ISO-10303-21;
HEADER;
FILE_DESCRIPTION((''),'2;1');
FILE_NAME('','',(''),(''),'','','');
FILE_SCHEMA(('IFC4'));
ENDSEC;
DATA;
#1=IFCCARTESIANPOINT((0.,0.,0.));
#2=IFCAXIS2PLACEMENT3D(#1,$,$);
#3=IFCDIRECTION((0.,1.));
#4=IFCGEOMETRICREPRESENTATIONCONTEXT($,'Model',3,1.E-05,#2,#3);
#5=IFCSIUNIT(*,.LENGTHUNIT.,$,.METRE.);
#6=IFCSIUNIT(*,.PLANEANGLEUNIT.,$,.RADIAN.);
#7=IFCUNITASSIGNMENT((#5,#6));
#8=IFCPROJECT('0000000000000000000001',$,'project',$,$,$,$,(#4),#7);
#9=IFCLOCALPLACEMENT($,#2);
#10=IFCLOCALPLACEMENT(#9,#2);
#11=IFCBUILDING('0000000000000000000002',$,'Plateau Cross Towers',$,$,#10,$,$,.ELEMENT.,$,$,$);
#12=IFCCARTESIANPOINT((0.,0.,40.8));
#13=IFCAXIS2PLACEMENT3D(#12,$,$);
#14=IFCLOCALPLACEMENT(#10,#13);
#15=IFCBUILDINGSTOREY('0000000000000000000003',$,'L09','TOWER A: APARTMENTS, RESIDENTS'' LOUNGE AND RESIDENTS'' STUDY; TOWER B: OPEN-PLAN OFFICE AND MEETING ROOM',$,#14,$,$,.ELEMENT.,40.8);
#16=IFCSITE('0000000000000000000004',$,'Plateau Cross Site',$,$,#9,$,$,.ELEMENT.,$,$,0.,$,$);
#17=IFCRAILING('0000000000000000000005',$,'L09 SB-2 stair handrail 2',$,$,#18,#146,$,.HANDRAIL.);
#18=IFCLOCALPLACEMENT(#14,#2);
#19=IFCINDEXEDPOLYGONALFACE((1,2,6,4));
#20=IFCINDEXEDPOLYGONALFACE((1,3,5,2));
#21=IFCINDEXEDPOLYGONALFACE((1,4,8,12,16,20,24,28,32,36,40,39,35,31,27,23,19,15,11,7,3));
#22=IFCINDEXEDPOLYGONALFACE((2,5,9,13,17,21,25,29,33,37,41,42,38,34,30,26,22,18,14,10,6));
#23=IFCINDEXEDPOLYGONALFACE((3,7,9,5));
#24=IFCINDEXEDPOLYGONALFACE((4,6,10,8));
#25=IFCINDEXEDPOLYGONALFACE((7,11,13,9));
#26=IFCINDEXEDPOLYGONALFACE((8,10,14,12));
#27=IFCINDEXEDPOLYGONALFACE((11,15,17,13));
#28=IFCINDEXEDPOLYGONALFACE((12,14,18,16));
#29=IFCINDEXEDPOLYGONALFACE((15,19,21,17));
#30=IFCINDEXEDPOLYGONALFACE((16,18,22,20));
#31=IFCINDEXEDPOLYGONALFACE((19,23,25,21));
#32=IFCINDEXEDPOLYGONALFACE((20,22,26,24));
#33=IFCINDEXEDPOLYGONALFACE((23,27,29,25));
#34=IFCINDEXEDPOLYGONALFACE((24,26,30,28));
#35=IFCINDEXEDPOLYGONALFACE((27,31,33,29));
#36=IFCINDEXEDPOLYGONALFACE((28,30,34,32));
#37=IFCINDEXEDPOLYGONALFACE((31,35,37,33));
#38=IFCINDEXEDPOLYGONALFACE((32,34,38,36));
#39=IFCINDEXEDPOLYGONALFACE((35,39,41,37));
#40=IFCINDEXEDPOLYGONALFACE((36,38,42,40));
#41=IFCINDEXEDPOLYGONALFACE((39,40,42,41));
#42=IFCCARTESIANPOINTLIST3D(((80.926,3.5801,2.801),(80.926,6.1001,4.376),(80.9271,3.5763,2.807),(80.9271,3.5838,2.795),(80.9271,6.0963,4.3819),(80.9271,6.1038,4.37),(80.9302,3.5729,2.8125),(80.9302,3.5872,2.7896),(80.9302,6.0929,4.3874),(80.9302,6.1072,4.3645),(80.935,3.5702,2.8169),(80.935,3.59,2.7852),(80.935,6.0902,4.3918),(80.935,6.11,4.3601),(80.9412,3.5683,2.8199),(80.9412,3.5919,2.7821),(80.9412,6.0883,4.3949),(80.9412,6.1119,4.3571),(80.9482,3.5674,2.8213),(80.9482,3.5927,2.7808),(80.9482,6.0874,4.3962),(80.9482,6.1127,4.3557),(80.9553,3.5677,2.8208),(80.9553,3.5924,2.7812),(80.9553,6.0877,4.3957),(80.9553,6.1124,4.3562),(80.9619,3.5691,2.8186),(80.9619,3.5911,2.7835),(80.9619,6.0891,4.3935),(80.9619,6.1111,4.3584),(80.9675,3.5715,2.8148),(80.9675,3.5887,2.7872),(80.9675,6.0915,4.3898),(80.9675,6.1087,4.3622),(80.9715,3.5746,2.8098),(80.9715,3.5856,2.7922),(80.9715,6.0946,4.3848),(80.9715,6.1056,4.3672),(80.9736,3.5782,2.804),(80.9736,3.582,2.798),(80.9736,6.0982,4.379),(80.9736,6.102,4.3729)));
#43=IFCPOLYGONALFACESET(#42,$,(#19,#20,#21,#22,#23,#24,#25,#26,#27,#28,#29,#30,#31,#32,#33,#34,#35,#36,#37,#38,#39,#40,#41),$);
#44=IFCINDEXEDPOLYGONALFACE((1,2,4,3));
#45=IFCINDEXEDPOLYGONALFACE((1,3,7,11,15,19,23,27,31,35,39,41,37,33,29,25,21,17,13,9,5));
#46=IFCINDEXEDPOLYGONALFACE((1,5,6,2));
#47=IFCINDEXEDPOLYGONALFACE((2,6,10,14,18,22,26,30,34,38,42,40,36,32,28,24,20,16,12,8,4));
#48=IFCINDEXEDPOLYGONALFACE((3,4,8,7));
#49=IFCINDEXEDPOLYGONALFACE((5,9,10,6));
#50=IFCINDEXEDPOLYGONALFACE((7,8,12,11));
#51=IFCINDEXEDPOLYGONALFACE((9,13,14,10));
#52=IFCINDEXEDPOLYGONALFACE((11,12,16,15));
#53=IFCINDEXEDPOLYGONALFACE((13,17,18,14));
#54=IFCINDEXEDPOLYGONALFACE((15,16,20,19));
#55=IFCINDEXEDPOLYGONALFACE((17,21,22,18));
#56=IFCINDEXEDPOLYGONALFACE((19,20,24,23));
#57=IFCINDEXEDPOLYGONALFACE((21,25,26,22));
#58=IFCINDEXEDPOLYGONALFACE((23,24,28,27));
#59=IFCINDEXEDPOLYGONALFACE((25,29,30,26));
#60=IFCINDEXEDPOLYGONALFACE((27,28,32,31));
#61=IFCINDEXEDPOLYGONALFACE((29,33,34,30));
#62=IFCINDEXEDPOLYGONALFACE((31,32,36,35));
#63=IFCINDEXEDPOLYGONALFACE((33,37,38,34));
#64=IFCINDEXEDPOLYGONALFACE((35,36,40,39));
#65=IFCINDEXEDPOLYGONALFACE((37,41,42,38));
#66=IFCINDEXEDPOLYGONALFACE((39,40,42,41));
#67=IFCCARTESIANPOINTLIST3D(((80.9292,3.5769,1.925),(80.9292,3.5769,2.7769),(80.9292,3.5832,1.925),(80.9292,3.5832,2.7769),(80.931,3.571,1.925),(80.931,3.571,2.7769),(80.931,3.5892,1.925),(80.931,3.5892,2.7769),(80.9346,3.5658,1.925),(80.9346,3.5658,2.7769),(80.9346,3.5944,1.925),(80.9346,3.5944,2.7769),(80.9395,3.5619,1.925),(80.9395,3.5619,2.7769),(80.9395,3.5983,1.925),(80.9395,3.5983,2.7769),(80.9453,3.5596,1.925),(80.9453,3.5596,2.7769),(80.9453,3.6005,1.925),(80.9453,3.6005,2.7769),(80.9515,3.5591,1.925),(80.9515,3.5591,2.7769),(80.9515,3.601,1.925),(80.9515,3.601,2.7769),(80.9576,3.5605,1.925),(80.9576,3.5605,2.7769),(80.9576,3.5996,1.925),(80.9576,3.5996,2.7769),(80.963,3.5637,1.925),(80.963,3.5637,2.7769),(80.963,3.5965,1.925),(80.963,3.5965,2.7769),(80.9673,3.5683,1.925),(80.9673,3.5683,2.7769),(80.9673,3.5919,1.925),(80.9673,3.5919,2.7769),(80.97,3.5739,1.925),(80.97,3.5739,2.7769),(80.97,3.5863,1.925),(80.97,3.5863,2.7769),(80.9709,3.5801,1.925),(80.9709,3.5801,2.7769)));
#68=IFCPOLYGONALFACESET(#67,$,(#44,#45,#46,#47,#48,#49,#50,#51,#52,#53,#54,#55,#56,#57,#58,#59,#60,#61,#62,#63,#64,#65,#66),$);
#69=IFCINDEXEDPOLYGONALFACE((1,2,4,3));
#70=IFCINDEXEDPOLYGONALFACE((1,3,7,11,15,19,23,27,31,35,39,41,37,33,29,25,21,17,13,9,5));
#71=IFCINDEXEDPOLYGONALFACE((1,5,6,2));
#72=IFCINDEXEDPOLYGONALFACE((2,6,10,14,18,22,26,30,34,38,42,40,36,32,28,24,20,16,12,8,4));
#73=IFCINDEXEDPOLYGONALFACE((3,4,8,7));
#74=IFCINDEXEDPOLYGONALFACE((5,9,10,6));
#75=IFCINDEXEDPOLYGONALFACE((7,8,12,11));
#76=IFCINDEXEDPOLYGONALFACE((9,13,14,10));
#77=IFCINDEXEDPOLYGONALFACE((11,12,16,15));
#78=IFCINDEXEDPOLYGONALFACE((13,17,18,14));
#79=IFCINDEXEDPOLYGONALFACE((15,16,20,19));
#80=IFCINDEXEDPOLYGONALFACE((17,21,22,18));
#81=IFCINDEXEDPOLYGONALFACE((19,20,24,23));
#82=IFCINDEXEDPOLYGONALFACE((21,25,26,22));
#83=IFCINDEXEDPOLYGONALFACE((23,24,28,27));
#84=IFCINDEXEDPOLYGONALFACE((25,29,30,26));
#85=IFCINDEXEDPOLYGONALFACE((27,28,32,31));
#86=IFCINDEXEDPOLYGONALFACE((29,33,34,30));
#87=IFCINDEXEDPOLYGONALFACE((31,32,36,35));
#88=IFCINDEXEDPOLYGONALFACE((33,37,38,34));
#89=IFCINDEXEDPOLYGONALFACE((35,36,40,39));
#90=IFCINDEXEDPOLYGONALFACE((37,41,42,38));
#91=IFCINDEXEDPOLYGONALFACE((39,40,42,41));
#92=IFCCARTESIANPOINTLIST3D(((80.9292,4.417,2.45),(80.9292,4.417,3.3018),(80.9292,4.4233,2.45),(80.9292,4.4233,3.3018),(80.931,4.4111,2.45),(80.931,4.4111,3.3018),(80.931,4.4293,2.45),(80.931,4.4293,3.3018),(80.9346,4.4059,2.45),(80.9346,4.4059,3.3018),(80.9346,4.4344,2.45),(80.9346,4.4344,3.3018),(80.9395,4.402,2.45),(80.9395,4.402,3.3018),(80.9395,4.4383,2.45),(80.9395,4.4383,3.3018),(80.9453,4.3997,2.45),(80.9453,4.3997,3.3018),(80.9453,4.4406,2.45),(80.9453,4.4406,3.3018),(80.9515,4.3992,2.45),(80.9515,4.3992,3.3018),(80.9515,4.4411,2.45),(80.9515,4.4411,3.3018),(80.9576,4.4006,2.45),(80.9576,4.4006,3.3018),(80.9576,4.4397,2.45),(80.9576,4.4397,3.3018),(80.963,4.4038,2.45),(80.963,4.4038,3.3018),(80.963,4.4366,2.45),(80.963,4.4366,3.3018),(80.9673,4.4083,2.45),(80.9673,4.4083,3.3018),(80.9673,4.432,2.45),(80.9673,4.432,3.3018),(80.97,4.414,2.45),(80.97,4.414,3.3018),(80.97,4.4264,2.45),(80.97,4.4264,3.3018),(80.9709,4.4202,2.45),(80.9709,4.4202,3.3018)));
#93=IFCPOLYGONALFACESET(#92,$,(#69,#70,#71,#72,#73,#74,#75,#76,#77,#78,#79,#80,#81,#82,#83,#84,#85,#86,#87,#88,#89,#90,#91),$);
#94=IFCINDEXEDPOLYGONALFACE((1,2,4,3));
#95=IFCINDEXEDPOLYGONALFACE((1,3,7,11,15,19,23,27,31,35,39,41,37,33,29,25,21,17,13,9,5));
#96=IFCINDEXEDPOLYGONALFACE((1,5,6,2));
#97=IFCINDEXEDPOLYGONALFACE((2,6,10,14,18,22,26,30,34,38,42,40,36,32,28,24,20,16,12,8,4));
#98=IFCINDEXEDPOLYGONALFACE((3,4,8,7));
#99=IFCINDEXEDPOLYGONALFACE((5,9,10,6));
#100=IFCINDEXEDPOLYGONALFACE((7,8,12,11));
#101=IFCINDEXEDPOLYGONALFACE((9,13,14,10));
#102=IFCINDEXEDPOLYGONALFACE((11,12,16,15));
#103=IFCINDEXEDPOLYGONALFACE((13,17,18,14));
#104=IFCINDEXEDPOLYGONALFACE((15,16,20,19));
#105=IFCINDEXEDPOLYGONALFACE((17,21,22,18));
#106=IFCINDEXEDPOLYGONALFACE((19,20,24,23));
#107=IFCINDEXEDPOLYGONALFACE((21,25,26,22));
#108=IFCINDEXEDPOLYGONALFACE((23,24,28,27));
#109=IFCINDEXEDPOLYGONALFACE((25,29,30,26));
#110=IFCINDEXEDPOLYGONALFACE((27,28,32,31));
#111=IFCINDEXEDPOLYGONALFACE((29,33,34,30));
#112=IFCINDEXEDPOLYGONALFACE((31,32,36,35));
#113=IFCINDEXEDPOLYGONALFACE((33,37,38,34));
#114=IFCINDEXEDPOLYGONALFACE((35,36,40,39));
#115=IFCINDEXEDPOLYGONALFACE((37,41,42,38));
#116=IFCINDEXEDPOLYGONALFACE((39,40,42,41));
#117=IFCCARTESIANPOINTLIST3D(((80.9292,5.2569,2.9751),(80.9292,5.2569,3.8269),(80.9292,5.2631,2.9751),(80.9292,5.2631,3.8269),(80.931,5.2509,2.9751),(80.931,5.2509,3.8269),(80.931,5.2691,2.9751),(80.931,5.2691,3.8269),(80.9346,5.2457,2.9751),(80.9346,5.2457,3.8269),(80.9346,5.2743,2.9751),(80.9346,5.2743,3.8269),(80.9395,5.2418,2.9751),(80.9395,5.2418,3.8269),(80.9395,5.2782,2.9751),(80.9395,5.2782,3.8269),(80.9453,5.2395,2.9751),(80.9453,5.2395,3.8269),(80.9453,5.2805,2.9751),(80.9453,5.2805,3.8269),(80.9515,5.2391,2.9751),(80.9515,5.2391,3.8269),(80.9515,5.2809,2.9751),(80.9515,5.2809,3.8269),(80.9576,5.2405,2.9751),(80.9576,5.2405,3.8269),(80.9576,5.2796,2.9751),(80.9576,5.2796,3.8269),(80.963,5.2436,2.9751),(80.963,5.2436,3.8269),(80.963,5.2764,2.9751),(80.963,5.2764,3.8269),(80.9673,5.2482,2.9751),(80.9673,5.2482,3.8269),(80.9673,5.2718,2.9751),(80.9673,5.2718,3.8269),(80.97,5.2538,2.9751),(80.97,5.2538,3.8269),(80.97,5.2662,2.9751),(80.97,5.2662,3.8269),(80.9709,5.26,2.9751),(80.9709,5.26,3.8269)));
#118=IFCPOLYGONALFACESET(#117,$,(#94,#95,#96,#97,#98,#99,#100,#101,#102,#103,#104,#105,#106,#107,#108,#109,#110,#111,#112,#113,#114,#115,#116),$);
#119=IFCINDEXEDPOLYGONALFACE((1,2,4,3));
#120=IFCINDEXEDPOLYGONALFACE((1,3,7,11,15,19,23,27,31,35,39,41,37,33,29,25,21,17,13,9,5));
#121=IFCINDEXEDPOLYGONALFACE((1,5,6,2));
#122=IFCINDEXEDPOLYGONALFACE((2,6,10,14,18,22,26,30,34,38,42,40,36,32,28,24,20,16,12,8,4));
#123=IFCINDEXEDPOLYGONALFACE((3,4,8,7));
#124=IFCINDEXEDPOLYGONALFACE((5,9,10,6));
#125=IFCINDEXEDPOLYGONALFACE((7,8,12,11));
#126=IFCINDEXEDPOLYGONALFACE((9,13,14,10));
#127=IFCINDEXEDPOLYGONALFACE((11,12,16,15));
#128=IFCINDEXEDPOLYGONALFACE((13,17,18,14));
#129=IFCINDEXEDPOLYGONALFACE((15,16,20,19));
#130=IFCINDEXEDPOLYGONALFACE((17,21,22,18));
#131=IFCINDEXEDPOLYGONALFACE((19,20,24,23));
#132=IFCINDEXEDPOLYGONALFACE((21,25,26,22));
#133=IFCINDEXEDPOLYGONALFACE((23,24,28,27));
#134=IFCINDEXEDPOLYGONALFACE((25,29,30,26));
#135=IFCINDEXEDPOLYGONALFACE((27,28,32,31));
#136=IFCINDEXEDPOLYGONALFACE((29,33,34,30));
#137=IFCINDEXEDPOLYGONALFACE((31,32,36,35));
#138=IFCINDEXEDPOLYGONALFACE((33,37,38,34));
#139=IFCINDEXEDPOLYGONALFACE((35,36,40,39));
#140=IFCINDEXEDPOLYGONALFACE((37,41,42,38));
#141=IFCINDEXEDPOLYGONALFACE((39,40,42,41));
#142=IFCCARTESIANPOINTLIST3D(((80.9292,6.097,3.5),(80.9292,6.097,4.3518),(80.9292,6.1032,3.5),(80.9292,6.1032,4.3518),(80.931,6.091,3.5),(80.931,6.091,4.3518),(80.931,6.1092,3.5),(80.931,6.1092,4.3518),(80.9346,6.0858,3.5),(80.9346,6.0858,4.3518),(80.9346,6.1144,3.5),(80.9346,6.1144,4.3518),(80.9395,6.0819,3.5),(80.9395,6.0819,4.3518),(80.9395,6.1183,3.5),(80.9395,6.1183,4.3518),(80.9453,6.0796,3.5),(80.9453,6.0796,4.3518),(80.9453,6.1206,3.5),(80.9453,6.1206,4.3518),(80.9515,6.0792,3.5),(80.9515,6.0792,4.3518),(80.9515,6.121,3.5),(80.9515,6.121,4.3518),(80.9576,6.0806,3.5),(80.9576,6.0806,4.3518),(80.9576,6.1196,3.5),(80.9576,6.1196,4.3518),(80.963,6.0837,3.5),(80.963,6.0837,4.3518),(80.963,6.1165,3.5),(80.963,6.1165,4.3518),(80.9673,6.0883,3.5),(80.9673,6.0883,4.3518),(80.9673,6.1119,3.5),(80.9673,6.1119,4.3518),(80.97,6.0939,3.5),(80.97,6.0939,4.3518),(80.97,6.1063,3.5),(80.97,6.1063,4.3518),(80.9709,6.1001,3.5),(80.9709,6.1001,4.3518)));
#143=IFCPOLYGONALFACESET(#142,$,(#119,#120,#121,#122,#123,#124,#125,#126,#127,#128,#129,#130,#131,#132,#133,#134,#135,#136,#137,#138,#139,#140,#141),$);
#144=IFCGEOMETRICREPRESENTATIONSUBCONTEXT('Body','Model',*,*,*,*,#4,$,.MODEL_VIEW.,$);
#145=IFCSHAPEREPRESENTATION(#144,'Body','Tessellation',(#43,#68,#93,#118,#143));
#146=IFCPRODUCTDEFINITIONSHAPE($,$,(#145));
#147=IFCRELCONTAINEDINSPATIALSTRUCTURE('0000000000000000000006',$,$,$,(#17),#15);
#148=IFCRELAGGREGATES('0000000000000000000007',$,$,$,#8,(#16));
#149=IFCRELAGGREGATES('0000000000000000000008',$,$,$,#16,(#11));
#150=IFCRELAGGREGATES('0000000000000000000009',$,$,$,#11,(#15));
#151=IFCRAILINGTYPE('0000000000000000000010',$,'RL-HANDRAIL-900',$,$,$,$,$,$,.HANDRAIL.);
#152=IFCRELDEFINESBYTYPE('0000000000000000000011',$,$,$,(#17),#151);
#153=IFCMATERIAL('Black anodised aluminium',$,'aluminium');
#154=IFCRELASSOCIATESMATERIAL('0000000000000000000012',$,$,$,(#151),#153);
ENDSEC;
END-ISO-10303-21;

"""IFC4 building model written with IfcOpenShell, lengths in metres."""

from ifc_helpers import new_model, si_unit, direction, frame, origin, origin_2d, place, context, subcontext, project, spatial, circle, extrude, material, type_object, element, save


model = new_model("IFC4")

# Units and contexts
model_context = context("Model", 3, precision=1e-05, world=origin(), true_north=direction((0.0, 1.0)))
body_context = subcontext(model_context, "Body", "Model", "MODEL_VIEW")
ifc_project = project(units=[si_unit("LENGTHUNIT", "METRE"), si_unit("PLANEANGLEUNIT", "RADIAN")], contexts=[model_context])

# Site, building, storey
site_placement = place(None, origin())
site = spatial("IfcSite", under=ifc_project, at=site_placement, Name="Plateau Cross Site", CompositionType="ELEMENT", RefElevation=0.0)
building_placement = place(site_placement, origin())
building = spatial("IfcBuilding", under=site, at=building_placement, Name="Plateau Cross Towers", CompositionType="ELEMENT")
storey_placement = place(building_placement, frame((0.0, 0.0, 40.8)))
storey = spatial("IfcBuildingStorey", under=building, at=storey_placement, Name="L09", Description="TOWER A: APARTMENTS, RESIDENTS' LOUNGE AND RESIDENTS' STUDY; TOWER B: OPEN-PLAN OFFICE AND MEETING ROOM", CompositionType="ELEMENT", Elevation=40.8)

# Shared definitions
ifc_material_1 = material(Name="Black anodised aluminium", Category="aluminium")

# Railing
railing_type_1 = type_object("IfcRailingType", Name="RL-HANDRAIL-900", PredefinedType="HANDRAIL", material=ifc_material_1)
railing_1_placement = place(storey_placement, frame((80.95, 3.5801, 1.925)))
element("IfcRailing", 1, at=railing_1_placement, inside=storey, type_object=railing_type_1, Name="L09 SB-2 stair handrail 2", PredefinedType="HANDRAIL", context=body_context, shape_type="SweptSolid", body=[
    extrude(circle(Radius=0.0239, at=origin_2d()), frame((0.0, 0.0, 0.876), z_axis=(0.0, 0.848008, 0.529984), x_axis=(-1.0, 0.0, 0.0)), (0.0, 0.0, 1.0), 2.9717),
    extrude(circle(Radius=0.021, at=origin_2d()), origin(), (0.0, 0.0, 1.0), 0.8518),
    extrude(circle(Radius=0.021, at=origin_2d()), frame((0.0, 0.8401, 0.5249)), (0.0, 0.0, 1.0), 0.8518),
    extrude(circle(Radius=0.021, at=origin_2d()), frame((0.0, 1.6799, 1.05)), (0.0, 0.0, 1.0), 0.8518),
    extrude(circle(Radius=0.021, at=origin_2d()), frame((0.0, 2.52, 1.575)), (0.0, 0.0, 1.0), 0.8518),
])

save(model, "model.ifc")
